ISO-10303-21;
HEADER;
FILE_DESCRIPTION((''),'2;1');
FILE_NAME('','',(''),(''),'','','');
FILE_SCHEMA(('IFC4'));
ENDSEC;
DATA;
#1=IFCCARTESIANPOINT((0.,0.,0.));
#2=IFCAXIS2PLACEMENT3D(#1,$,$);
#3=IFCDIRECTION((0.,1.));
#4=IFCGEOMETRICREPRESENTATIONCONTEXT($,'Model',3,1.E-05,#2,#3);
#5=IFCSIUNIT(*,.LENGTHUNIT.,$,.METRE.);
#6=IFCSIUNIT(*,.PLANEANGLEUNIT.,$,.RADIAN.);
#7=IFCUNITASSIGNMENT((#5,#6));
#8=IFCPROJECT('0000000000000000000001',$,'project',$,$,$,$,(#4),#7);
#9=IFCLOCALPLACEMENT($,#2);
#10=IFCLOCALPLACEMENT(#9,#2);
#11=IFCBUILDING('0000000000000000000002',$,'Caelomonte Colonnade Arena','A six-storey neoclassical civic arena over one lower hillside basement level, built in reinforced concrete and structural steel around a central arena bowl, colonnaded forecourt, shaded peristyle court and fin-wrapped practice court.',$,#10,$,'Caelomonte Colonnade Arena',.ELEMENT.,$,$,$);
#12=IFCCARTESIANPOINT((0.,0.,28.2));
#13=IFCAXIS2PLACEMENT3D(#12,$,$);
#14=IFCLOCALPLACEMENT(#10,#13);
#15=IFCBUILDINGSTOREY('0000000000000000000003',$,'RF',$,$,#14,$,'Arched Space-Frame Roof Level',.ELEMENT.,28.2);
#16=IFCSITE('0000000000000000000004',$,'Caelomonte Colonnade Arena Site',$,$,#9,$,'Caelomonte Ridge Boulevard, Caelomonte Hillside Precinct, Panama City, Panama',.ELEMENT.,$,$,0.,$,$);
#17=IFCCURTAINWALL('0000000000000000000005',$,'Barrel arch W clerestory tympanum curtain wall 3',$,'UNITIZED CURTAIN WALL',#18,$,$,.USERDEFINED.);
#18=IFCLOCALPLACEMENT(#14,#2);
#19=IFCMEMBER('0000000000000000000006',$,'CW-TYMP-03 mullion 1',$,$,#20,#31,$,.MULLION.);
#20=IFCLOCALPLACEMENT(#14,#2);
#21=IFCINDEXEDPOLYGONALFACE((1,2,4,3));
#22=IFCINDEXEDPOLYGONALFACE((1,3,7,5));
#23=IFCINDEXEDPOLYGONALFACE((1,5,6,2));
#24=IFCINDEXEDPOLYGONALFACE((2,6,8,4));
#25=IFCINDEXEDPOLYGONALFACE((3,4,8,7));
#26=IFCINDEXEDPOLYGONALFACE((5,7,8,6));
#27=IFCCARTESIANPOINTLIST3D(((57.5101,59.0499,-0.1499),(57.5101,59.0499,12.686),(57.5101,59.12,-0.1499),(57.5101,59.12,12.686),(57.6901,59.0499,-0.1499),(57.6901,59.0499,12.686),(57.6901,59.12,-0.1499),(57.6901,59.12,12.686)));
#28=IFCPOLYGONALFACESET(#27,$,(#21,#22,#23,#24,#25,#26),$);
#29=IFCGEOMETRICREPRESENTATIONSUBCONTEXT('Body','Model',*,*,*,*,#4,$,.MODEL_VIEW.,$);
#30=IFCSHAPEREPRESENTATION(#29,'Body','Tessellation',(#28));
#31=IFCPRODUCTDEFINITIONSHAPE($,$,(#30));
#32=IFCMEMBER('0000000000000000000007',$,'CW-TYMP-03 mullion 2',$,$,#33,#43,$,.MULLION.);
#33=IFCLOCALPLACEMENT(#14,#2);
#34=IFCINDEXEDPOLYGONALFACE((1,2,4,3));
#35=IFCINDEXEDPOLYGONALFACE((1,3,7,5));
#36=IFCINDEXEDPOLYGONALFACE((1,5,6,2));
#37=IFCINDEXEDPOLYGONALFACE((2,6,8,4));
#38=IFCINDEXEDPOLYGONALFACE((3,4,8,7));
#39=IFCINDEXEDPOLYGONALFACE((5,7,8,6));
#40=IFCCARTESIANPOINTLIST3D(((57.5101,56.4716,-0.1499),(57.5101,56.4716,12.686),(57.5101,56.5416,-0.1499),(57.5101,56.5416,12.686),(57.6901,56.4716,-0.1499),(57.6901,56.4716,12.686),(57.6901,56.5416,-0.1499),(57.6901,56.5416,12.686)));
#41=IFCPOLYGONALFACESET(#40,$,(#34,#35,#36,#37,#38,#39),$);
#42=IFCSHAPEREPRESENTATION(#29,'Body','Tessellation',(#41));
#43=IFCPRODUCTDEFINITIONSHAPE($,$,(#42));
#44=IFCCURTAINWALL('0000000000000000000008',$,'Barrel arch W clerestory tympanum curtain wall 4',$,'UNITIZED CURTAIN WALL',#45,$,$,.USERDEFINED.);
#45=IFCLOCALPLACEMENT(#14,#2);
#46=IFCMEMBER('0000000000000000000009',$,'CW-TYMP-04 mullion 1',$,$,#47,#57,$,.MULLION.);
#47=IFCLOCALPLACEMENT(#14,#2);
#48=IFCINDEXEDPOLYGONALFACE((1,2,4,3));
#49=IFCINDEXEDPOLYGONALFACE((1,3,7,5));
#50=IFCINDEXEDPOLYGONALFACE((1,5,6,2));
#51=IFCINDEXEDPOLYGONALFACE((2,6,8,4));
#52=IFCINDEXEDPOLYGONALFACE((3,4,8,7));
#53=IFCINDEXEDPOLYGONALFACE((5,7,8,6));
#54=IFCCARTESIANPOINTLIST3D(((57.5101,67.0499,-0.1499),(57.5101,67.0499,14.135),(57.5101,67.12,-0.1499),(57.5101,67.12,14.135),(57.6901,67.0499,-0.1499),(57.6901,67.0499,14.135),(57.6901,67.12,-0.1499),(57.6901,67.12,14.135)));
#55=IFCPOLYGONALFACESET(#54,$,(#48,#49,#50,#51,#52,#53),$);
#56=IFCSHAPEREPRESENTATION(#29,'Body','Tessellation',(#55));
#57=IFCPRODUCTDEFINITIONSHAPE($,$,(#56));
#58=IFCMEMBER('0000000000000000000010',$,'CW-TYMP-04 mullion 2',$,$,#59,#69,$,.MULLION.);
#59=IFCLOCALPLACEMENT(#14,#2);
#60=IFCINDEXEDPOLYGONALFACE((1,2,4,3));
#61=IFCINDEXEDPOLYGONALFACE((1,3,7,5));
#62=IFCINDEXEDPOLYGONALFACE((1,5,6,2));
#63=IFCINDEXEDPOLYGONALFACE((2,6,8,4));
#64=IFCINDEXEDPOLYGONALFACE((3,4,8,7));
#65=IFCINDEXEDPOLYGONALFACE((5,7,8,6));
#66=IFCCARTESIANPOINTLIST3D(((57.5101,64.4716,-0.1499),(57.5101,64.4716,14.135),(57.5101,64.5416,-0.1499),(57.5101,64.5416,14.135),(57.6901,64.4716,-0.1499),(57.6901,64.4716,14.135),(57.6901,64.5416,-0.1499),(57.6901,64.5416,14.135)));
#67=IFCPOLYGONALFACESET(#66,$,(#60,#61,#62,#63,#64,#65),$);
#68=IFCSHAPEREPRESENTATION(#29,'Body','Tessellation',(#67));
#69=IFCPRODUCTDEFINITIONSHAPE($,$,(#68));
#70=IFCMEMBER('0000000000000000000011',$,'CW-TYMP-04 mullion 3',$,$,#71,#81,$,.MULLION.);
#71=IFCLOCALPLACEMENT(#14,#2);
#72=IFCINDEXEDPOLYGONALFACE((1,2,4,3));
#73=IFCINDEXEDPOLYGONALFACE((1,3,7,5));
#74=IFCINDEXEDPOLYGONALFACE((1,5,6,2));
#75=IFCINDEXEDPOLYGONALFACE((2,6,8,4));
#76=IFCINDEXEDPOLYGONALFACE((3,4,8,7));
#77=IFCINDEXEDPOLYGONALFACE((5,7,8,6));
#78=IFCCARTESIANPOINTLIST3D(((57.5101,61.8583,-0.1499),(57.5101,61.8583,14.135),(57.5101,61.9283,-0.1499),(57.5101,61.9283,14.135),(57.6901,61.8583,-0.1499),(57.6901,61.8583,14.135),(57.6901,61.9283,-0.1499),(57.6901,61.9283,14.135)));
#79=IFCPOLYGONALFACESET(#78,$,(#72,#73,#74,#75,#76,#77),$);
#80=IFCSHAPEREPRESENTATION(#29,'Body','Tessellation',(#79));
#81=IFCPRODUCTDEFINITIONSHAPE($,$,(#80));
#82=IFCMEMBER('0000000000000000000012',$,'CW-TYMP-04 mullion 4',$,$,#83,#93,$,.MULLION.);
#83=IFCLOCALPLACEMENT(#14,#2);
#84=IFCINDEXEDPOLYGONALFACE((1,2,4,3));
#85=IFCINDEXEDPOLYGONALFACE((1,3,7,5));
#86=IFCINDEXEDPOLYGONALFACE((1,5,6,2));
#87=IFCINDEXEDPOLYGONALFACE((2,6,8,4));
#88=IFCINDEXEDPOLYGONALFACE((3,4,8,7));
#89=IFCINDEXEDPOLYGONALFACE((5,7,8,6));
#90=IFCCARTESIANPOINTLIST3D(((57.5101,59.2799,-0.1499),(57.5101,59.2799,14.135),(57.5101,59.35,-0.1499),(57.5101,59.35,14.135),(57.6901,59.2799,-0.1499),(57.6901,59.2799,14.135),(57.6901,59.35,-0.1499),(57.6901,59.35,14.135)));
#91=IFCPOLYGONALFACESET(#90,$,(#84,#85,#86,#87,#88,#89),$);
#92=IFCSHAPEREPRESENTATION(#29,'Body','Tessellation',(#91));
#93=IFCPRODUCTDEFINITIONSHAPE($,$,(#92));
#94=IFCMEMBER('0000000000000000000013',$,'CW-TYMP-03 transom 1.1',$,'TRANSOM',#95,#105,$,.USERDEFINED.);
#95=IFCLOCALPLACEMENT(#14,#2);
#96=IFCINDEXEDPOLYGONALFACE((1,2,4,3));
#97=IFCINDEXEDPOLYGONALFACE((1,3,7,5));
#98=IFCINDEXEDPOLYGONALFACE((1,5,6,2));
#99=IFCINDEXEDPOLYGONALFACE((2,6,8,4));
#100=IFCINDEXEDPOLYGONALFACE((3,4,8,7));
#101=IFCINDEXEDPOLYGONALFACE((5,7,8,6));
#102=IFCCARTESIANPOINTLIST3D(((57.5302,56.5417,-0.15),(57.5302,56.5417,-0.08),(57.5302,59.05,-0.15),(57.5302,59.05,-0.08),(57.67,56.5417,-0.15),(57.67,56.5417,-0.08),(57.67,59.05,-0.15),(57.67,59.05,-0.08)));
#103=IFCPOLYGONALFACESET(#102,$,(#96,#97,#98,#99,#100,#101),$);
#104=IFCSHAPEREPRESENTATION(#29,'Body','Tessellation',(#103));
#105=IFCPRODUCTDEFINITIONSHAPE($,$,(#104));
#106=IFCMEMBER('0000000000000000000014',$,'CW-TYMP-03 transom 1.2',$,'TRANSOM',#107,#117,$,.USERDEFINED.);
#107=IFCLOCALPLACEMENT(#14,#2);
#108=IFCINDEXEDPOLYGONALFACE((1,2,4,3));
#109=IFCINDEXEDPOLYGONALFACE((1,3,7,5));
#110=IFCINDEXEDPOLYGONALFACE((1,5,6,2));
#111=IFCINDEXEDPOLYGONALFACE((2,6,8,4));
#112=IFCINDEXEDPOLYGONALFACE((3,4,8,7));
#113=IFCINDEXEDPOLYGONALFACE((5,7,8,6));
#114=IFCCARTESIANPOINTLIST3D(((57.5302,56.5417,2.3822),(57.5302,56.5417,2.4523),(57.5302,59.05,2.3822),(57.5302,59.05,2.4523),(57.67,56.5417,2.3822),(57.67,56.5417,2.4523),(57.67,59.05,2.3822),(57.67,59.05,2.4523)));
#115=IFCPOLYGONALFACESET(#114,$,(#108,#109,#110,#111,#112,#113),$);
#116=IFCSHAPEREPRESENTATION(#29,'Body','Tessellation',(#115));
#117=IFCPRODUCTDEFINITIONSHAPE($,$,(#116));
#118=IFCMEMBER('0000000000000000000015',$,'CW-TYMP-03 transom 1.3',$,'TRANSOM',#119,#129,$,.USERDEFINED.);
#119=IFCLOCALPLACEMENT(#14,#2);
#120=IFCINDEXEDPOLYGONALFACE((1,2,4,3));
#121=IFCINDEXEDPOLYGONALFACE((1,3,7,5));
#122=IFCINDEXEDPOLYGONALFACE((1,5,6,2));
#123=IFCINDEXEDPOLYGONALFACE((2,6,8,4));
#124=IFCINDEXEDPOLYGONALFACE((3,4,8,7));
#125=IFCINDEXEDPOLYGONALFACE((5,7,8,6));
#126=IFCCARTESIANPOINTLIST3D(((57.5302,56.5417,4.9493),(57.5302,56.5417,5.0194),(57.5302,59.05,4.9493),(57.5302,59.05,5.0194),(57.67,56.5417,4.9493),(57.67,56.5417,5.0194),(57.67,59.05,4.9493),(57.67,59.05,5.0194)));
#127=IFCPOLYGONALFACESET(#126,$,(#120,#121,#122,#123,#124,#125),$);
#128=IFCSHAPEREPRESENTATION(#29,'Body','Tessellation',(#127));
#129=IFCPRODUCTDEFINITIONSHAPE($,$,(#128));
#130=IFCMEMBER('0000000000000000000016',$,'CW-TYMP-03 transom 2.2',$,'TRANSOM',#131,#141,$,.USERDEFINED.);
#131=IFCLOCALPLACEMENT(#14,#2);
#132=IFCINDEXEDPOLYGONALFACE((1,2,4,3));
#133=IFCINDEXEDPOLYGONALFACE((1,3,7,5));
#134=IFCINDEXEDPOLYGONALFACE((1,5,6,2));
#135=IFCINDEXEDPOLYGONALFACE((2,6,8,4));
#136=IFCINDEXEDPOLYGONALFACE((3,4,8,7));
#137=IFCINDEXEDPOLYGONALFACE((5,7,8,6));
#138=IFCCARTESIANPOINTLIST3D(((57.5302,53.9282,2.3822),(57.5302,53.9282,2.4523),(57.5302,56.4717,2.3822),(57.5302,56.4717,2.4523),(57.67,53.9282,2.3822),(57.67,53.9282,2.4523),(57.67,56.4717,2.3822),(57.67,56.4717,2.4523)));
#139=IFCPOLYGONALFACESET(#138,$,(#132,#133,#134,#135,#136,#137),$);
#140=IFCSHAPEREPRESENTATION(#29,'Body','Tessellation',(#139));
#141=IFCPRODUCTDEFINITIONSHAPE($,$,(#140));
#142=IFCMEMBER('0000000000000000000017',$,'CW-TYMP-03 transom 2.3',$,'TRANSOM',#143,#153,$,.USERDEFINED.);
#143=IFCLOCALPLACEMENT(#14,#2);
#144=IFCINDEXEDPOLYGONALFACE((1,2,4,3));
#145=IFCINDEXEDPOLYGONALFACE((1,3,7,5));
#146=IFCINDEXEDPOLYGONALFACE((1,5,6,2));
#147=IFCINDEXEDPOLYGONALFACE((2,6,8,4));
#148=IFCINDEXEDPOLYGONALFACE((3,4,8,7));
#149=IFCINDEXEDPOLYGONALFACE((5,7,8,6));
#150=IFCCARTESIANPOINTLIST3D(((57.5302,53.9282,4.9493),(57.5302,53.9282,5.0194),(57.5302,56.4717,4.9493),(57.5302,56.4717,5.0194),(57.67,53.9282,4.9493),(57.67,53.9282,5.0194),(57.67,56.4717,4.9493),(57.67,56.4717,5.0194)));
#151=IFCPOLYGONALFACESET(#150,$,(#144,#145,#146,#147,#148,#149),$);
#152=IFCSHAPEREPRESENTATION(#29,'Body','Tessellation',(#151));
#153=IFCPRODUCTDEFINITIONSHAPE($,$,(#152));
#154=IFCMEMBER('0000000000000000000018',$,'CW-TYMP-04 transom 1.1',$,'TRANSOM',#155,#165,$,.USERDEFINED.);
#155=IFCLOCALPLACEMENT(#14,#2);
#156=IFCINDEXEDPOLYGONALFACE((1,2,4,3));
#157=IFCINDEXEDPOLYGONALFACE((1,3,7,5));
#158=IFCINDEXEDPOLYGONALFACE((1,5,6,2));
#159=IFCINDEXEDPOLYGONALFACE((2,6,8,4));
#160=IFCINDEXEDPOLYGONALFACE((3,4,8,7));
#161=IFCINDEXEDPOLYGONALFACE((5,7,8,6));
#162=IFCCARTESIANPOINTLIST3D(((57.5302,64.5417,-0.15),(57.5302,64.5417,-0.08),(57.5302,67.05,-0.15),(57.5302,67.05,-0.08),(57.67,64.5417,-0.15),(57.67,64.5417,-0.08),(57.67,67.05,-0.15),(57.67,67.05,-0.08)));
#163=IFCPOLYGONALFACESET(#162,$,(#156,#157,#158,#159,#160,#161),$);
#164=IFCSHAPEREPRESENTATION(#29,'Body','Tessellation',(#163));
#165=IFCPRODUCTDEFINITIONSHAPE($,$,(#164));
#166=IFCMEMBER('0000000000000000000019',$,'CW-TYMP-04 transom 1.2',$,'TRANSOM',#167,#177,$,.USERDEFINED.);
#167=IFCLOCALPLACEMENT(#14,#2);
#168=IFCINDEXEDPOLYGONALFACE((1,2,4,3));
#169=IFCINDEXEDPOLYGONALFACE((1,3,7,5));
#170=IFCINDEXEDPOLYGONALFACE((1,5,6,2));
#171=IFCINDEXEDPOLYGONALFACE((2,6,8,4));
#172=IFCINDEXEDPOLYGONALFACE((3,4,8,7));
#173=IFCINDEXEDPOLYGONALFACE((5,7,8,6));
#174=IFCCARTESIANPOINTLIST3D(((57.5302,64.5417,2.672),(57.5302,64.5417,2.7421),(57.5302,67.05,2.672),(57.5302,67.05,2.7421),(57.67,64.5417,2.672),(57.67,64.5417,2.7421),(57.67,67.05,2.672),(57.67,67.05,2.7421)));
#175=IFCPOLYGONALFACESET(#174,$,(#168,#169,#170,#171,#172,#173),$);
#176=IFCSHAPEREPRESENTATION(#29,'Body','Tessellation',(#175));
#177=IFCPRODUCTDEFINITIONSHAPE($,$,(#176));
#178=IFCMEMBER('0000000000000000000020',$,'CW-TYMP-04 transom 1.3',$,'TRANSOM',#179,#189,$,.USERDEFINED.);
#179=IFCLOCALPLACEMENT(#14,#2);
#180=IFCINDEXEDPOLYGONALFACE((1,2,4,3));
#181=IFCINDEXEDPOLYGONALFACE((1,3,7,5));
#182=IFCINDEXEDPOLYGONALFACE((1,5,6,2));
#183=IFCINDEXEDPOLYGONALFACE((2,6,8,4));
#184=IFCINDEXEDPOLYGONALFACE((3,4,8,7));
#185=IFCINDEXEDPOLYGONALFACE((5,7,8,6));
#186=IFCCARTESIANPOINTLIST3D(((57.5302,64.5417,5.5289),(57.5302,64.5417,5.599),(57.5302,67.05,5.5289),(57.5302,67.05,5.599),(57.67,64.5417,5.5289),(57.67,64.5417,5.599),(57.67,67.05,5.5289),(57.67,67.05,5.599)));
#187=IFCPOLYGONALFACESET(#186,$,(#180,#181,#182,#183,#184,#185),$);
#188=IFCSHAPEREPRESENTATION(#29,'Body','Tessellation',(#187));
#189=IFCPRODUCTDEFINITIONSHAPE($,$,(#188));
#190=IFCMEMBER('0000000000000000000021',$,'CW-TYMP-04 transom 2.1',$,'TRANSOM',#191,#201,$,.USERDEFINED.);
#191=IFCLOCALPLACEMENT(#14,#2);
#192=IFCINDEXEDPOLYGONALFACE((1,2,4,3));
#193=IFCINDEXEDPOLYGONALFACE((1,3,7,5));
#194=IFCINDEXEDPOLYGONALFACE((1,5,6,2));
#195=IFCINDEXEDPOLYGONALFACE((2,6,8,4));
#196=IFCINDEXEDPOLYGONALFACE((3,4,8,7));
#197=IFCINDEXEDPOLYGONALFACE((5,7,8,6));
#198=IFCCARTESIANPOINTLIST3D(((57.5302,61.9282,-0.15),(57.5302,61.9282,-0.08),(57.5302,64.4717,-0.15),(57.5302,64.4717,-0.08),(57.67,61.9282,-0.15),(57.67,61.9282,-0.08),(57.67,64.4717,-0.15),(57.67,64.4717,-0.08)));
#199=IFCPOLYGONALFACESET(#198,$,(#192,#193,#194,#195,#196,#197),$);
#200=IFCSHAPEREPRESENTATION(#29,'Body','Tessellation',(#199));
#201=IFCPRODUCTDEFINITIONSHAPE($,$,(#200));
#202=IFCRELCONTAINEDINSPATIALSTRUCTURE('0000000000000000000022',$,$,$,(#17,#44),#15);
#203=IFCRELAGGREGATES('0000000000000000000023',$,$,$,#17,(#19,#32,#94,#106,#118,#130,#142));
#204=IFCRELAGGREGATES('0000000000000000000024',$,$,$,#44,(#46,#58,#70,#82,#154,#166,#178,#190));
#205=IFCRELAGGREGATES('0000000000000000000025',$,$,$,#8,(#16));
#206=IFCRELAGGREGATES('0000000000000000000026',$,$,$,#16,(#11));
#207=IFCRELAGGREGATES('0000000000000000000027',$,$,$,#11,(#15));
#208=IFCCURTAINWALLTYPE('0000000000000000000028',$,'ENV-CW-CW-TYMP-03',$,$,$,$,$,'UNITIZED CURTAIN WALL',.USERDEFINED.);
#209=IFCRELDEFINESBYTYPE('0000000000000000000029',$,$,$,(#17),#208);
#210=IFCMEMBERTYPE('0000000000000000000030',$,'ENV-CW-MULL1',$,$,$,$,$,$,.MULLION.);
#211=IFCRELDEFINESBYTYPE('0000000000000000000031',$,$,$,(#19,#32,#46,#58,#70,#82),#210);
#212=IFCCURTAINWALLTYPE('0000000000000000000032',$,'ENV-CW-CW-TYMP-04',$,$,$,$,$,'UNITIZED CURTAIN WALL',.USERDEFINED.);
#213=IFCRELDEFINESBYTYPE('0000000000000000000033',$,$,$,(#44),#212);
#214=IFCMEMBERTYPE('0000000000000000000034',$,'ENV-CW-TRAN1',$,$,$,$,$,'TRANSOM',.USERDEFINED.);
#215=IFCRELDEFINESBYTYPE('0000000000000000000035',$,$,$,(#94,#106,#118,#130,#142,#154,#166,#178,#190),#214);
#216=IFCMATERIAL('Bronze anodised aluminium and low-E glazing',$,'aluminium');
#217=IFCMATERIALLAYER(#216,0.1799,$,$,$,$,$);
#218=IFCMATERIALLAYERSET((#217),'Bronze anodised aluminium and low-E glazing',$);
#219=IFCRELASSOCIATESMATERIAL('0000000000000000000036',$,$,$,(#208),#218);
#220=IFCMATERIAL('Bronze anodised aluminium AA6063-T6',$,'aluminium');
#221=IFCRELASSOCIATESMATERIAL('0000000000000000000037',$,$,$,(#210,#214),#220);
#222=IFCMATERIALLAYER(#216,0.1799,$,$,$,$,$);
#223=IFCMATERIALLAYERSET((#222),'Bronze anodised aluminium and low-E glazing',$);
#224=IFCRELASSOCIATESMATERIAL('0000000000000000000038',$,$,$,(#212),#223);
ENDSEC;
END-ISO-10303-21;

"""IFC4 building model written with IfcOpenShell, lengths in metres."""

from ifc_helpers import new_model, si_unit, direction, frame, origin, origin_2d, place, context, subcontext, project, spatial, rectangle, extrude, material, layer, layer_set, material_profile, profile_set, type_object, element, aggregate, save


model = new_model("IFC4")

# Units and contexts
model_context = context("Model", 3, precision=1e-05, world=origin(), true_north=direction((0.0, 1.0)))
body_context = subcontext(model_context, "Body", "Model", "MODEL_VIEW")
ifc_project = project(units=[si_unit("LENGTHUNIT", "METRE"), si_unit("PLANEANGLEUNIT", "RADIAN")], contexts=[model_context])

# Site, building, storey
site_placement = place(None, origin())
site = spatial("IfcSite", under=ifc_project, at=site_placement, Name="Caelomonte Colonnade Arena Site", LongName="Caelomonte Ridge Boulevard, Caelomonte Hillside Precinct, Panama City, Panama", CompositionType="ELEMENT", RefElevation=0.0)
building_placement = place(site_placement, origin())
building = spatial("IfcBuilding", under=site, at=building_placement, Name="Caelomonte Colonnade Arena", Description="A six-storey neoclassical civic arena over one lower hillside basement level, built in reinforced concrete and structural steel around a central arena bowl, colonnaded forecourt, shaded peristyle court and fin-wrapped practice court.", LongName="Caelomonte Colonnade Arena", CompositionType="ELEMENT")
storey_placement = place(building_placement, frame((0.0, 0.0, 28.2)))
storey = spatial("IfcBuildingStorey", under=building, at=storey_placement, Name="RF", LongName="Arched Space-Frame Roof Level", CompositionType="ELEMENT", Elevation=28.2)

# Curtain walls, members
ifc_material_1 = material(Name="Bronze anodised aluminium and low-E glazing", Category="aluminium")
ifc_layer_1 = layer(ifc_material_1, 0.1799)
ifc_layer_set_1 = layer_set([ifc_layer_1], Name="Bronze anodised aluminium and low-E glazing")
curtain_wall_type_1 = type_object("IfcCurtainWallType", Name="ENV-CW-CW-TYMP-03", ElementType="UNITIZED CURTAIN WALL", PredefinedType="USERDEFINED", material=ifc_layer_set_1)
curtain_wall_1_placement = place(storey_placement, origin())
curtain_wall_1 = element("IfcCurtainWall", 1, at=curtain_wall_1_placement, inside=storey, type_object=curtain_wall_type_1, Name="Barrel arch W clerestory tympanum curtain wall 3", ObjectType="UNITIZED CURTAIN WALL", PredefinedType="USERDEFINED")
ifc_material_2 = material(Name="Bronze anodised aluminium AA6063-T6", Category="aluminium")
ifc_material_profile_1 = material_profile(ifc_material_2, rectangle(XDim=0.0701, YDim=0.1799, at=origin_2d()), Name="CWM-70X180")
ifc_profile_set_1 = profile_set([ifc_material_profile_1], Name="Bronze anodised aluminium AA6063-T6")
member_type_1 = type_object("IfcMemberType", Name="ENV-CW-MULL1", PredefinedType="MULLION", material=ifc_profile_set_1)
member_1_placement = place(storey_placement, frame((57.6001, 59.085, -0.1499), z_axis=(0.0, 0.0, 1.0), x_axis=(0.0, -1.0, 0.0)))
member_1 = element("IfcMember", 2, at=member_1_placement, type_object=member_type_1, Name="CW-TYMP-03 mullion 1", PredefinedType="MULLION", context=body_context, shape_type="SweptSolid", body=[
    extrude(rectangle(XDim=0.0701, YDim=0.1799, at=origin_2d()), origin(), (0.0, 0.0, 1.0), 12.8359),
])
member_2_placement = place(storey_placement, frame((57.6001, 56.5066, -0.1499), z_axis=(0.0, 0.0, 1.0), x_axis=(0.0, -1.0, 0.0)))
member_2 = element("IfcMember", 3, at=member_2_placement, type_object=member_type_1, Name="CW-TYMP-03 mullion 2", PredefinedType="MULLION", context=body_context, shape_type="SweptSolid", body=[
    extrude(rectangle(XDim=0.0701, YDim=0.1799, at=origin_2d()), origin(), (0.0, 0.0, 1.0), 12.8359),
])
ifc_layer_2 = layer(ifc_material_1, 0.1799)
ifc_layer_set_2 = layer_set([ifc_layer_2], Name="Bronze anodised aluminium and low-E glazing")
curtain_wall_type_2 = type_object("IfcCurtainWallType", Name="ENV-CW-CW-TYMP-04", ElementType="UNITIZED CURTAIN WALL", PredefinedType="USERDEFINED", material=ifc_layer_set_2)
curtain_wall_2_placement = place(storey_placement, origin())
curtain_wall_2 = element("IfcCurtainWall", 4, at=curtain_wall_2_placement, inside=storey, type_object=curtain_wall_type_2, Name="Barrel arch W clerestory tympanum curtain wall 4", ObjectType="UNITIZED CURTAIN WALL", PredefinedType="USERDEFINED")
member_3_placement = place(storey_placement, frame((57.6001, 67.085, -0.1499), z_axis=(0.0, 0.0, 1.0), x_axis=(0.0, -1.0, 0.0)))
member_3 = element("IfcMember", 5, at=member_3_placement, type_object=member_type_1, Name="CW-TYMP-04 mullion 1", PredefinedType="MULLION", context=body_context, shape_type="SweptSolid", body=[
    extrude(rectangle(XDim=0.0701, YDim=0.1799, at=origin_2d()), origin(), (0.0, 0.0, 1.0), 14.2849),
])
member_4_placement = place(storey_placement, frame((57.6001, 64.5066, -0.1499), z_axis=(0.0, 0.0, 1.0), x_axis=(0.0, -1.0, 0.0)))
member_4 = element("IfcMember", 6, at=member_4_placement, type_object=member_type_1, Name="CW-TYMP-04 mullion 2", PredefinedType="MULLION", context=body_context, shape_type="SweptSolid", body=[
    extrude(rectangle(XDim=0.0701, YDim=0.1799, at=origin_2d()), origin(), (0.0, 0.0, 1.0), 14.2849),
])
member_5_placement = place(storey_placement, frame((57.6001, 61.8933, -0.1499), z_axis=(0.0, 0.0, 1.0), x_axis=(0.0, -1.0, 0.0)))
member_5 = element("IfcMember", 7, at=member_5_placement, type_object=member_type_1, Name="CW-TYMP-04 mullion 3", PredefinedType="MULLION", context=body_context, shape_type="SweptSolid", body=[
    extrude(rectangle(XDim=0.0701, YDim=0.1799, at=origin_2d()), origin(), (0.0, 0.0, 1.0), 14.2849),
])
member_6_placement = place(storey_placement, frame((57.6001, 59.3149, -0.1499), z_axis=(0.0, 0.0, 1.0), x_axis=(0.0, -1.0, 0.0)))
member_6 = element("IfcMember", 8, at=member_6_placement, type_object=member_type_1, Name="CW-TYMP-04 mullion 4", PredefinedType="MULLION", context=body_context, shape_type="SweptSolid", body=[
    extrude(rectangle(XDim=0.0701, YDim=0.1799, at=origin_2d()), origin(), (0.0, 0.0, 1.0), 14.2849),
])

# Members
ifc_material_profile_2 = material_profile(ifc_material_2, rectangle(XDim=0.0701, YDim=0.1399, at=origin_2d()), Name="CWT-70X140")
ifc_profile_set_2 = profile_set([ifc_material_profile_2], Name="Bronze anodised aluminium AA6063-T6")
member_type_2 = type_object("IfcMemberType", Name="ENV-CW-TRAN1", ElementType="TRANSOM", PredefinedType="USERDEFINED", material=ifc_profile_set_2)
member_7_placement = place(storey_placement, frame((57.6001, 59.05, -0.115), z_axis=(0.0, -1.0, 0.0), x_axis=(0.0, 0.0, 1.0)))
member_7 = element("IfcMember", 9, at=member_7_placement, type_object=member_type_2, Name="CW-TYMP-03 transom 1.1", ObjectType="TRANSOM", PredefinedType="USERDEFINED", context=body_context, shape_type="SweptSolid", body=[
    extrude(rectangle(XDim=0.0701, YDim=0.1399, at=origin_2d()), origin(), (0.0, 0.0, 1.0), 2.5083),
])
member_8_placement = place(storey_placement, frame((57.6001, 59.05, 2.4172), z_axis=(0.0, -1.0, 0.0), x_axis=(0.0, 0.0, 1.0)))
member_8 = element("IfcMember", 10, at=member_8_placement, type_object=member_type_2, Name="CW-TYMP-03 transom 1.2", ObjectType="TRANSOM", PredefinedType="USERDEFINED", context=body_context, shape_type="SweptSolid", body=[
    extrude(rectangle(XDim=0.0701, YDim=0.1399, at=origin_2d()), origin(), (0.0, 0.0, 1.0), 2.5083),
])
member_9_placement = place(storey_placement, frame((57.6001, 59.05, 4.9844), z_axis=(0.0, -1.0, 0.0), x_axis=(0.0, 0.0, 1.0)))
member_9 = element("IfcMember", 11, at=member_9_placement, type_object=member_type_2, Name="CW-TYMP-03 transom 1.3", ObjectType="TRANSOM", PredefinedType="USERDEFINED", context=body_context, shape_type="SweptSolid", body=[
    extrude(rectangle(XDim=0.0701, YDim=0.1399, at=origin_2d()), origin(), (0.0, 0.0, 1.0), 2.5083),
])
member_10_placement = place(storey_placement, frame((57.6001, 56.4717, 2.4172), z_axis=(0.0, -1.0, 0.0), x_axis=(0.0, 0.0, 1.0)))
member_10 = element("IfcMember", 12, at=member_10_placement, type_object=member_type_2, Name="CW-TYMP-03 transom 2.2", ObjectType="TRANSOM", PredefinedType="USERDEFINED", context=body_context, shape_type="SweptSolid", body=[
    extrude(rectangle(XDim=0.0701, YDim=0.1399, at=origin_2d()), origin(), (0.0, 0.0, 1.0), 2.5435),
])
member_11_placement = place(storey_placement, frame((57.6001, 56.4717, 4.9844), z_axis=(0.0, -1.0, 0.0), x_axis=(0.0, 0.0, 1.0)))
member_11 = element("IfcMember", 13, at=member_11_placement, type_object=member_type_2, Name="CW-TYMP-03 transom 2.3", ObjectType="TRANSOM", PredefinedType="USERDEFINED", context=body_context, shape_type="SweptSolid", body=[
    extrude(rectangle(XDim=0.0701, YDim=0.1399, at=origin_2d()), origin(), (0.0, 0.0, 1.0), 2.5435),
])
member_12_placement = place(storey_placement, frame((57.6001, 67.05, -0.115), z_axis=(0.0, -1.0, 0.0), x_axis=(0.0, 0.0, 1.0)))
member_12 = element("IfcMember", 14, at=member_12_placement, type_object=member_type_2, Name="CW-TYMP-04 transom 1.1", ObjectType="TRANSOM", PredefinedType="USERDEFINED", context=body_context, shape_type="SweptSolid", body=[
    extrude(rectangle(XDim=0.0701, YDim=0.1399, at=origin_2d()), origin(), (0.0, 0.0, 1.0), 2.5083),
])
member_13_placement = place(storey_placement, frame((57.6001, 67.05, 2.707), z_axis=(0.0, -1.0, 0.0), x_axis=(0.0, 0.0, 1.0)))
member_13 = element("IfcMember", 15, at=member_13_placement, type_object=member_type_2, Name="CW-TYMP-04 transom 1.2", ObjectType="TRANSOM", PredefinedType="USERDEFINED", context=body_context, shape_type="SweptSolid", body=[
    extrude(rectangle(XDim=0.0701, YDim=0.1399, at=origin_2d()), origin(), (0.0, 0.0, 1.0), 2.5083),
])
member_14_placement = place(storey_placement, frame((57.6001, 67.05, 5.564), z_axis=(0.0, -1.0, 0.0), x_axis=(0.0, 0.0, 1.0)))
member_14 = element("IfcMember", 16, at=member_14_placement, type_object=member_type_2, Name="CW-TYMP-04 transom 1.3", ObjectType="TRANSOM", PredefinedType="USERDEFINED", context=body_context, shape_type="SweptSolid", body=[
    extrude(rectangle(XDim=0.0701, YDim=0.1399, at=origin_2d()), origin(), (0.0, 0.0, 1.0), 2.5083),
])
member_15_placement = place(storey_placement, frame((57.6001, 64.4717, -0.115), z_axis=(0.0, -1.0, 0.0), x_axis=(0.0, 0.0, 1.0)))
member_15 = element("IfcMember", 17, at=member_15_placement, type_object=member_type_2, Name="CW-TYMP-04 transom 2.1", ObjectType="TRANSOM", PredefinedType="USERDEFINED", context=body_context, shape_type="SweptSolid", body=[
    extrude(rectangle(XDim=0.0701, YDim=0.1399, at=origin_2d()), origin(), (0.0, 0.0, 1.0), 2.5435),
])

aggregate(curtain_wall_1, [member_1, member_2, member_7, member_8, member_9, member_10, member_11])
aggregate(curtain_wall_2, [member_3, member_4, member_5, member_6, member_12, member_13, member_14, member_15])

save(model, "model.ifc")
